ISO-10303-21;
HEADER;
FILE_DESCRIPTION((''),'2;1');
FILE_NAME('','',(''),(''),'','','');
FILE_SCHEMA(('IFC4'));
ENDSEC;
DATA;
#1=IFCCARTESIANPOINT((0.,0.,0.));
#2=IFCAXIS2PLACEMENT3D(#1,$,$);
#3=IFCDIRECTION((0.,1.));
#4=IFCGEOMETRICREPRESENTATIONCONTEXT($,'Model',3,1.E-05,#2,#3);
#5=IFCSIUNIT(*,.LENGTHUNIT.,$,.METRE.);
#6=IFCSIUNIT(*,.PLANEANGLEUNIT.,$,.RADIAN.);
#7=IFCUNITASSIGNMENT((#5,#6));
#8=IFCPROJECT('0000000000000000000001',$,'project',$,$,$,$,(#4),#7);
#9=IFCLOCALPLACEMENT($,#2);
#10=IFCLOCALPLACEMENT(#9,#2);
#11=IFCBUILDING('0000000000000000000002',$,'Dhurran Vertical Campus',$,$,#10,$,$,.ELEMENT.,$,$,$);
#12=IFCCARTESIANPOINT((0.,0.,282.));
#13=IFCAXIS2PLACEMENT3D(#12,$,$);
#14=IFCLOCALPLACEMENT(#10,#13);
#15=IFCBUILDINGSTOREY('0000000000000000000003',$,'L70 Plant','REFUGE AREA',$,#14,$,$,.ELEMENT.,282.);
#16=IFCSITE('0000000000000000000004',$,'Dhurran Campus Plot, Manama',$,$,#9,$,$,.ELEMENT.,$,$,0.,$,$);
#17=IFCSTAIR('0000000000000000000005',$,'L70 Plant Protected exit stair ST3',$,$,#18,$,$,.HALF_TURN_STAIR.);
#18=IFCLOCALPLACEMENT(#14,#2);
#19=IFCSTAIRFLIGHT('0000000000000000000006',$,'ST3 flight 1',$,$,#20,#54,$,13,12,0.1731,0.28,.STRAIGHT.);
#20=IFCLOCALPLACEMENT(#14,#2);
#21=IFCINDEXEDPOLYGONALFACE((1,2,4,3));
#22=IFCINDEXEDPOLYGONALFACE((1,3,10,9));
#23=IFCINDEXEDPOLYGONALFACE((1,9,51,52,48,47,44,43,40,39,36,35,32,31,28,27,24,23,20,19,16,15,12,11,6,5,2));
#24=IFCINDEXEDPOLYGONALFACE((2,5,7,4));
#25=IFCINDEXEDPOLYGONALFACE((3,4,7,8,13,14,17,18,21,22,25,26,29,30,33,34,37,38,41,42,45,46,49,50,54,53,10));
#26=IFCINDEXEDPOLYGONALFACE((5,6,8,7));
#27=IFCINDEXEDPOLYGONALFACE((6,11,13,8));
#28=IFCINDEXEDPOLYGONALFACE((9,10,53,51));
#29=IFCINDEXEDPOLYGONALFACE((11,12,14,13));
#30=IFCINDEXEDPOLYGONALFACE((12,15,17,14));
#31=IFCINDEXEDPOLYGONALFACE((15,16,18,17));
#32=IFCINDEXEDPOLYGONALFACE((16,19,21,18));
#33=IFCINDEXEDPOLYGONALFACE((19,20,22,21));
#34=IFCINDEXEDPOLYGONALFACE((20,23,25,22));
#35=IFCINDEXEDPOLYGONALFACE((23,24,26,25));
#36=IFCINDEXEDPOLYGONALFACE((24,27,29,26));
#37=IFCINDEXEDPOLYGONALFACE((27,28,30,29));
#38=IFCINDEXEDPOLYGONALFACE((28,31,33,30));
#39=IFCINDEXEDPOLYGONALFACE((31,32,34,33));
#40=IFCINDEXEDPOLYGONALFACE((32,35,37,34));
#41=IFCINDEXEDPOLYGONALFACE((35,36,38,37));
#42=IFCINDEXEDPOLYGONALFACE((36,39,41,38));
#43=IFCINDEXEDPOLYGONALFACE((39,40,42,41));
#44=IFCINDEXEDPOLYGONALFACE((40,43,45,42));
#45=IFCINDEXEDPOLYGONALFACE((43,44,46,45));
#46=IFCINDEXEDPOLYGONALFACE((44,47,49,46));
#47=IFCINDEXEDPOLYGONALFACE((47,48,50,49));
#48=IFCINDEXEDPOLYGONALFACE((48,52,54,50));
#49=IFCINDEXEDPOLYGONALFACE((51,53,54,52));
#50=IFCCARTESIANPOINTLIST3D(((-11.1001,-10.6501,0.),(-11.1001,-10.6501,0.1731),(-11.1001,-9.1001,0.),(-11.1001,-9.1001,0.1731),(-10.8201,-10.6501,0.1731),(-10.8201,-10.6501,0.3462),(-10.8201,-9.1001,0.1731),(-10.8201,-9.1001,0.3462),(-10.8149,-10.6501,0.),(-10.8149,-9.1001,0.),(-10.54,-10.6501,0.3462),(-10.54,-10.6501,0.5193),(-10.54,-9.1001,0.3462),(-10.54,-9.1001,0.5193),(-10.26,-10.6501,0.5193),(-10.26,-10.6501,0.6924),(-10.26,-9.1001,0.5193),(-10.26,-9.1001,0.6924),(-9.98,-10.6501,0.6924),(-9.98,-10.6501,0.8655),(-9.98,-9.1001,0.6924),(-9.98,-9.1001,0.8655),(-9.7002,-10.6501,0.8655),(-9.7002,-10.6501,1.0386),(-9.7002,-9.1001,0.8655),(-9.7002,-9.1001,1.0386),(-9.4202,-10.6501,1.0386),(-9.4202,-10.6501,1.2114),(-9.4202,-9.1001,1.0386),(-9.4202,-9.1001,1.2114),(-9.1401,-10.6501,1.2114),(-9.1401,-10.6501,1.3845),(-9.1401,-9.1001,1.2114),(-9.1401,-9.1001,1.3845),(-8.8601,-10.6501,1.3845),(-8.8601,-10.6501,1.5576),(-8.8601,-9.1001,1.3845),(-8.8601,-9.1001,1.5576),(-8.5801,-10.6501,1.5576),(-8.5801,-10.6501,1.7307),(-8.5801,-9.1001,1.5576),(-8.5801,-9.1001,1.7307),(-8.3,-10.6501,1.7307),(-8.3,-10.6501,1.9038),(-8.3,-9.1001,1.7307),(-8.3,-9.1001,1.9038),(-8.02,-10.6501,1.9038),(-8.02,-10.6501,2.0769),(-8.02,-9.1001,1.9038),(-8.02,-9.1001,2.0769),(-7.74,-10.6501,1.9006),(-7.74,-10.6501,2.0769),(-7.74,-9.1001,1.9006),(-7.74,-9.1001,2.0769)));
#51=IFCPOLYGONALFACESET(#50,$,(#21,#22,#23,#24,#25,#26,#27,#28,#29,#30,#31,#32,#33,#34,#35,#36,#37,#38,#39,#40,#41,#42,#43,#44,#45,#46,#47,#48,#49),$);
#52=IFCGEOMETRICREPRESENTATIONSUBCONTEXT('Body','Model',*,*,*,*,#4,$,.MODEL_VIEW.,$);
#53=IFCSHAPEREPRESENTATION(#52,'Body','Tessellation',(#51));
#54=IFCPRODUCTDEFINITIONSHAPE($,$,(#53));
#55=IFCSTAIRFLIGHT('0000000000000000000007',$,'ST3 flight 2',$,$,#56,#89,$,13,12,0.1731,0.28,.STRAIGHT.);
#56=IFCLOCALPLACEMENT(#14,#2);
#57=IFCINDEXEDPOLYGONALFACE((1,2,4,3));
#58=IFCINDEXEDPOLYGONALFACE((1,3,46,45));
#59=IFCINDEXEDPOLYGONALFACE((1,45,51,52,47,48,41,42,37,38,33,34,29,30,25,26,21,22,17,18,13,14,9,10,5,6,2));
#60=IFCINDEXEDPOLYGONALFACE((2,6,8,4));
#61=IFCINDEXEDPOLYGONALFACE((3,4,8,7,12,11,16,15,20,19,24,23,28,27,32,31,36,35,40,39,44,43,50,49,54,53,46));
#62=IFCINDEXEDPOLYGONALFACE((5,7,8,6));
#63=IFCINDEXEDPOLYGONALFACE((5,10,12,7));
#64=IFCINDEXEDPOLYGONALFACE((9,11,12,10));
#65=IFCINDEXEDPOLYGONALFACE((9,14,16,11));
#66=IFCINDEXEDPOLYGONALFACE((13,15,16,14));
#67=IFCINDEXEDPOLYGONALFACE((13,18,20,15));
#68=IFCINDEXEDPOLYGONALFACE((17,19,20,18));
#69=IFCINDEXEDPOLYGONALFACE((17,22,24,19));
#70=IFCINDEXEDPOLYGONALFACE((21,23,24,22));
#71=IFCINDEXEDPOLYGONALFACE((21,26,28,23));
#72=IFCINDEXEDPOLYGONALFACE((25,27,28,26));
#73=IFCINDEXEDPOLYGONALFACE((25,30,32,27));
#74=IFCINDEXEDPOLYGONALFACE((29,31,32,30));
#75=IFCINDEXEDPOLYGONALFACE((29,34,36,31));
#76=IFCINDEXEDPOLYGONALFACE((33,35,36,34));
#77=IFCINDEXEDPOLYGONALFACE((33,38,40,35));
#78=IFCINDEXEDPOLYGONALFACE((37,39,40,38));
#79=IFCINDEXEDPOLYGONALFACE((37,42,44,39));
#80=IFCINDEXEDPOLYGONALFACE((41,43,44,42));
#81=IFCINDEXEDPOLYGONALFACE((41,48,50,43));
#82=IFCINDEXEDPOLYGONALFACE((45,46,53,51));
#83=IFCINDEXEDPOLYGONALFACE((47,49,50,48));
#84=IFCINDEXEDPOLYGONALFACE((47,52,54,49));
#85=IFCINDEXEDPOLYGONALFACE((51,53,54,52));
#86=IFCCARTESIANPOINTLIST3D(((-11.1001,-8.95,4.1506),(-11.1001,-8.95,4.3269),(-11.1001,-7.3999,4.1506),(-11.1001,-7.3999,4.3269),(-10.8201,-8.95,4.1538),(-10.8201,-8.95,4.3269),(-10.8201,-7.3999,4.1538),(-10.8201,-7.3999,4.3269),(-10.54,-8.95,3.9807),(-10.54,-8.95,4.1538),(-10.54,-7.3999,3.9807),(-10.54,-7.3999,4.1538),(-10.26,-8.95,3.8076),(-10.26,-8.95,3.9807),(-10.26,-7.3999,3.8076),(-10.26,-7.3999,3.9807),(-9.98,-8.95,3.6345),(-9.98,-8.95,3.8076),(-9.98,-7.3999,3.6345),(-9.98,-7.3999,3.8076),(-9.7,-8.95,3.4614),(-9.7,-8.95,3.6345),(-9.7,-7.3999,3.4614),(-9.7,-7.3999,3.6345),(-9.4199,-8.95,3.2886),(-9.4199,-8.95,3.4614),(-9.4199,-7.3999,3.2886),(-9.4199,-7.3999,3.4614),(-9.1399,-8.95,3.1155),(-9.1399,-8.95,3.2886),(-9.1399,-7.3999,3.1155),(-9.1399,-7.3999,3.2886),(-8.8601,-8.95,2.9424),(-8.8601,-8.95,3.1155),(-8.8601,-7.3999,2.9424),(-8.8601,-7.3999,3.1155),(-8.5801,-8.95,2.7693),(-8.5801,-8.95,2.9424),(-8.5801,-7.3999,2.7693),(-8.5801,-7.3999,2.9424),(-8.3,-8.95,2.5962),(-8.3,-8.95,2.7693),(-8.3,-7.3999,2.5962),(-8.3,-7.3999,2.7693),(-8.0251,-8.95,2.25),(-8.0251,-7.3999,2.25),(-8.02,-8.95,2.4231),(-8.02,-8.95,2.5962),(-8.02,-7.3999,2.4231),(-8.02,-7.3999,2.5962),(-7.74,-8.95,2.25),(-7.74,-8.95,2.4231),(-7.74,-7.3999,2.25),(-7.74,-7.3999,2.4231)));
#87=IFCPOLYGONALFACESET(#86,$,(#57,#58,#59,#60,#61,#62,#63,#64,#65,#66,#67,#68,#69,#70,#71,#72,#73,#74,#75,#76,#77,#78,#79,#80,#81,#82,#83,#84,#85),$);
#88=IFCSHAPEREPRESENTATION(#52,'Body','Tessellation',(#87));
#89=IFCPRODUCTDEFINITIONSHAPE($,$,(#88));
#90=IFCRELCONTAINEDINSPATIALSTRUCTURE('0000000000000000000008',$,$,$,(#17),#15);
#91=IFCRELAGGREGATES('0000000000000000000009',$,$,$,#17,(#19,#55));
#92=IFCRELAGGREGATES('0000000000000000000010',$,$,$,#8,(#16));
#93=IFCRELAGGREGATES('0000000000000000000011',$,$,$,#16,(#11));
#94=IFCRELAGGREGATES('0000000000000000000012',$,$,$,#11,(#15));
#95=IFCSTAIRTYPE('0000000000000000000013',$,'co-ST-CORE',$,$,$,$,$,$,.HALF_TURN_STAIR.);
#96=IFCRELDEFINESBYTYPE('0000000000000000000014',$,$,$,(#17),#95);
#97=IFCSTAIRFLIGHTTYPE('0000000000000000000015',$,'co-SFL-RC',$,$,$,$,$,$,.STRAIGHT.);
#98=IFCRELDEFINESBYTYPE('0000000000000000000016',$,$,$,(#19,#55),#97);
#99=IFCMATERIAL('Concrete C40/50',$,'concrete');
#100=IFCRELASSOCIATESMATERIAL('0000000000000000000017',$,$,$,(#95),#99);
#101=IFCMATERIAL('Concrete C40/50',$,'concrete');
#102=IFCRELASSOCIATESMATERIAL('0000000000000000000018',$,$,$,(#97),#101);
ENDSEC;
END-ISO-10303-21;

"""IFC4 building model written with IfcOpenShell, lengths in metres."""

from ifc_helpers import new_model, si_unit, direction, frame, origin, place, context, subcontext, project, spatial, polyline, outline, extrude, material, type_object, element, aggregate, save


model = new_model("IFC4")

# Units and contexts
model_context = context("Model", 3, precision=1e-05, world=origin(), true_north=direction((0.0, 1.0)))
body_context = subcontext(model_context, "Body", "Model", "MODEL_VIEW")
ifc_project = project(units=[si_unit("LENGTHUNIT", "METRE"), si_unit("PLANEANGLEUNIT", "RADIAN")], contexts=[model_context])

# Site, building, storey
site_placement = place(None, origin())
site = spatial("IfcSite", under=ifc_project, at=site_placement, Name="Dhurran Campus Plot, Manama", CompositionType="ELEMENT", RefElevation=0.0)
building_placement = place(site_placement, origin())
building = spatial("IfcBuilding", under=site, at=building_placement, Name="Dhurran Vertical Campus", CompositionType="ELEMENT")
storey_placement = place(building_placement, frame((0.0, 0.0, 282.0)))
storey = spatial("IfcBuildingStorey", under=building, at=storey_placement, Name="L70 Plant", Description="REFUGE AREA", CompositionType="ELEMENT", Elevation=282.0)

# Stair, stair flights
ifc_material_1 = material(Name="Concrete C40/50", Category="concrete")
stair_type = type_object("IfcStairType", Name="co-ST-CORE", PredefinedType="HALF_TURN_STAIR", material=ifc_material_1)
stair_placement = place(storey_placement, origin())
stair = element("IfcStair", 1, at=stair_placement, inside=storey, type_object=stair_type, Name="L70 Plant Protected exit stair ST3", PredefinedType="HALF_TURN_STAIR")
ifc_material_2 = material(Name="Concrete C40/50", Category="concrete")
stair_flight_type = type_object("IfcStairFlightType", Name="co-SFL-RC", PredefinedType="STRAIGHT", material=ifc_material_2)
stair_flight_1_placement = place(storey_placement, frame((-11.1001, -9.875, 0.0), z_axis=(0.0, 0.0, 1.0), x_axis=(1.0, 0.0, 0.0)))
stair_flight_1 = element("IfcStairFlight", 2, at=stair_flight_1_placement, type_object=stair_flight_type, Name="ST3 flight 1", NumberOfRisers=13, NumberOfTreads=12, PredefinedType="STRAIGHT", RiserHeight=0.1731, TreadLength=0.28, context=body_context, shape_type="SweptSolid", body=[
    extrude(outline(polyline([(0.0, 0.0), (0.0, 0.1731), (0.28, 0.1731), (0.28, 0.3462), (0.5601, 0.3462), (0.5601, 0.5193), (0.8401, 0.5193), (0.8401, 0.6924), (1.1201, 0.6924), (1.1201, 0.8655), (1.3999, 0.8655), (1.3999, 1.0386), (1.6799, 1.0386), (1.6799, 1.2114), (1.96, 1.2114), (1.96, 1.3845), (2.24, 1.3845), (2.24, 1.5576), (2.52, 1.5576), (2.52, 1.7307), (2.8, 1.7307), (2.8, 1.9038), (3.0801, 1.9038), (3.0801, 2.0769), (3.3601, 2.0769), (3.3601, 2.25), (3.3601, 1.9006), (0.2852, 0.0), (0.0, 0.0)])), frame((0.0, 0.7749, 0.0), z_axis=(0.0, -1.0, 0.0), x_axis=(1.0, 0.0, 0.0)), (0.0, 0.0, 1.0), 1.55),
])
stair_flight_2_placement = place(storey_placement, frame((-7.74, -8.175, 2.25), z_axis=(0.0, 0.0, 1.0), x_axis=(-1.0, 0.0, 0.0)))
stair_flight_2 = element("IfcStairFlight", 3, at=stair_flight_2_placement, type_object=stair_flight_type, Name="ST3 flight 2", NumberOfRisers=13, NumberOfTreads=12, PredefinedType="STRAIGHT", RiserHeight=0.1731, TreadLength=0.28, context=body_context, shape_type="SweptSolid", body=[
    extrude(outline(polyline([(0.0, 0.0), (0.0, 0.1731), (0.28, 0.1731), (0.28, 0.3462), (0.5601, 0.3462), (0.5601, 0.5193), (0.8401, 0.5193), (0.8401, 0.6924), (1.1201, 0.6924), (1.1201, 0.8655), (1.3999, 0.8655), (1.3999, 1.0386), (1.6799, 1.0386), (1.6799, 1.2114), (1.96, 1.2114), (1.96, 1.3845), (2.24, 1.3845), (2.24, 1.5576), (2.52, 1.5576), (2.52, 1.7307), (2.8, 1.7307), (2.8, 1.9038), (3.0801, 1.9038), (3.0801, 2.0769), (3.3601, 2.0769), (3.3601, 2.25), (3.3601, 1.9006), (0.2852, 0.0), (0.0, 0.0)])), frame((0.0, 0.7749, 0.0), z_axis=(0.0, -1.0, 0.0), x_axis=(1.0, 0.0, 0.0)), (0.0, 0.0, 1.0), 1.55),
])
aggregate(stair, [stair_flight_1, stair_flight_2])

save(model, "model.ifc")
